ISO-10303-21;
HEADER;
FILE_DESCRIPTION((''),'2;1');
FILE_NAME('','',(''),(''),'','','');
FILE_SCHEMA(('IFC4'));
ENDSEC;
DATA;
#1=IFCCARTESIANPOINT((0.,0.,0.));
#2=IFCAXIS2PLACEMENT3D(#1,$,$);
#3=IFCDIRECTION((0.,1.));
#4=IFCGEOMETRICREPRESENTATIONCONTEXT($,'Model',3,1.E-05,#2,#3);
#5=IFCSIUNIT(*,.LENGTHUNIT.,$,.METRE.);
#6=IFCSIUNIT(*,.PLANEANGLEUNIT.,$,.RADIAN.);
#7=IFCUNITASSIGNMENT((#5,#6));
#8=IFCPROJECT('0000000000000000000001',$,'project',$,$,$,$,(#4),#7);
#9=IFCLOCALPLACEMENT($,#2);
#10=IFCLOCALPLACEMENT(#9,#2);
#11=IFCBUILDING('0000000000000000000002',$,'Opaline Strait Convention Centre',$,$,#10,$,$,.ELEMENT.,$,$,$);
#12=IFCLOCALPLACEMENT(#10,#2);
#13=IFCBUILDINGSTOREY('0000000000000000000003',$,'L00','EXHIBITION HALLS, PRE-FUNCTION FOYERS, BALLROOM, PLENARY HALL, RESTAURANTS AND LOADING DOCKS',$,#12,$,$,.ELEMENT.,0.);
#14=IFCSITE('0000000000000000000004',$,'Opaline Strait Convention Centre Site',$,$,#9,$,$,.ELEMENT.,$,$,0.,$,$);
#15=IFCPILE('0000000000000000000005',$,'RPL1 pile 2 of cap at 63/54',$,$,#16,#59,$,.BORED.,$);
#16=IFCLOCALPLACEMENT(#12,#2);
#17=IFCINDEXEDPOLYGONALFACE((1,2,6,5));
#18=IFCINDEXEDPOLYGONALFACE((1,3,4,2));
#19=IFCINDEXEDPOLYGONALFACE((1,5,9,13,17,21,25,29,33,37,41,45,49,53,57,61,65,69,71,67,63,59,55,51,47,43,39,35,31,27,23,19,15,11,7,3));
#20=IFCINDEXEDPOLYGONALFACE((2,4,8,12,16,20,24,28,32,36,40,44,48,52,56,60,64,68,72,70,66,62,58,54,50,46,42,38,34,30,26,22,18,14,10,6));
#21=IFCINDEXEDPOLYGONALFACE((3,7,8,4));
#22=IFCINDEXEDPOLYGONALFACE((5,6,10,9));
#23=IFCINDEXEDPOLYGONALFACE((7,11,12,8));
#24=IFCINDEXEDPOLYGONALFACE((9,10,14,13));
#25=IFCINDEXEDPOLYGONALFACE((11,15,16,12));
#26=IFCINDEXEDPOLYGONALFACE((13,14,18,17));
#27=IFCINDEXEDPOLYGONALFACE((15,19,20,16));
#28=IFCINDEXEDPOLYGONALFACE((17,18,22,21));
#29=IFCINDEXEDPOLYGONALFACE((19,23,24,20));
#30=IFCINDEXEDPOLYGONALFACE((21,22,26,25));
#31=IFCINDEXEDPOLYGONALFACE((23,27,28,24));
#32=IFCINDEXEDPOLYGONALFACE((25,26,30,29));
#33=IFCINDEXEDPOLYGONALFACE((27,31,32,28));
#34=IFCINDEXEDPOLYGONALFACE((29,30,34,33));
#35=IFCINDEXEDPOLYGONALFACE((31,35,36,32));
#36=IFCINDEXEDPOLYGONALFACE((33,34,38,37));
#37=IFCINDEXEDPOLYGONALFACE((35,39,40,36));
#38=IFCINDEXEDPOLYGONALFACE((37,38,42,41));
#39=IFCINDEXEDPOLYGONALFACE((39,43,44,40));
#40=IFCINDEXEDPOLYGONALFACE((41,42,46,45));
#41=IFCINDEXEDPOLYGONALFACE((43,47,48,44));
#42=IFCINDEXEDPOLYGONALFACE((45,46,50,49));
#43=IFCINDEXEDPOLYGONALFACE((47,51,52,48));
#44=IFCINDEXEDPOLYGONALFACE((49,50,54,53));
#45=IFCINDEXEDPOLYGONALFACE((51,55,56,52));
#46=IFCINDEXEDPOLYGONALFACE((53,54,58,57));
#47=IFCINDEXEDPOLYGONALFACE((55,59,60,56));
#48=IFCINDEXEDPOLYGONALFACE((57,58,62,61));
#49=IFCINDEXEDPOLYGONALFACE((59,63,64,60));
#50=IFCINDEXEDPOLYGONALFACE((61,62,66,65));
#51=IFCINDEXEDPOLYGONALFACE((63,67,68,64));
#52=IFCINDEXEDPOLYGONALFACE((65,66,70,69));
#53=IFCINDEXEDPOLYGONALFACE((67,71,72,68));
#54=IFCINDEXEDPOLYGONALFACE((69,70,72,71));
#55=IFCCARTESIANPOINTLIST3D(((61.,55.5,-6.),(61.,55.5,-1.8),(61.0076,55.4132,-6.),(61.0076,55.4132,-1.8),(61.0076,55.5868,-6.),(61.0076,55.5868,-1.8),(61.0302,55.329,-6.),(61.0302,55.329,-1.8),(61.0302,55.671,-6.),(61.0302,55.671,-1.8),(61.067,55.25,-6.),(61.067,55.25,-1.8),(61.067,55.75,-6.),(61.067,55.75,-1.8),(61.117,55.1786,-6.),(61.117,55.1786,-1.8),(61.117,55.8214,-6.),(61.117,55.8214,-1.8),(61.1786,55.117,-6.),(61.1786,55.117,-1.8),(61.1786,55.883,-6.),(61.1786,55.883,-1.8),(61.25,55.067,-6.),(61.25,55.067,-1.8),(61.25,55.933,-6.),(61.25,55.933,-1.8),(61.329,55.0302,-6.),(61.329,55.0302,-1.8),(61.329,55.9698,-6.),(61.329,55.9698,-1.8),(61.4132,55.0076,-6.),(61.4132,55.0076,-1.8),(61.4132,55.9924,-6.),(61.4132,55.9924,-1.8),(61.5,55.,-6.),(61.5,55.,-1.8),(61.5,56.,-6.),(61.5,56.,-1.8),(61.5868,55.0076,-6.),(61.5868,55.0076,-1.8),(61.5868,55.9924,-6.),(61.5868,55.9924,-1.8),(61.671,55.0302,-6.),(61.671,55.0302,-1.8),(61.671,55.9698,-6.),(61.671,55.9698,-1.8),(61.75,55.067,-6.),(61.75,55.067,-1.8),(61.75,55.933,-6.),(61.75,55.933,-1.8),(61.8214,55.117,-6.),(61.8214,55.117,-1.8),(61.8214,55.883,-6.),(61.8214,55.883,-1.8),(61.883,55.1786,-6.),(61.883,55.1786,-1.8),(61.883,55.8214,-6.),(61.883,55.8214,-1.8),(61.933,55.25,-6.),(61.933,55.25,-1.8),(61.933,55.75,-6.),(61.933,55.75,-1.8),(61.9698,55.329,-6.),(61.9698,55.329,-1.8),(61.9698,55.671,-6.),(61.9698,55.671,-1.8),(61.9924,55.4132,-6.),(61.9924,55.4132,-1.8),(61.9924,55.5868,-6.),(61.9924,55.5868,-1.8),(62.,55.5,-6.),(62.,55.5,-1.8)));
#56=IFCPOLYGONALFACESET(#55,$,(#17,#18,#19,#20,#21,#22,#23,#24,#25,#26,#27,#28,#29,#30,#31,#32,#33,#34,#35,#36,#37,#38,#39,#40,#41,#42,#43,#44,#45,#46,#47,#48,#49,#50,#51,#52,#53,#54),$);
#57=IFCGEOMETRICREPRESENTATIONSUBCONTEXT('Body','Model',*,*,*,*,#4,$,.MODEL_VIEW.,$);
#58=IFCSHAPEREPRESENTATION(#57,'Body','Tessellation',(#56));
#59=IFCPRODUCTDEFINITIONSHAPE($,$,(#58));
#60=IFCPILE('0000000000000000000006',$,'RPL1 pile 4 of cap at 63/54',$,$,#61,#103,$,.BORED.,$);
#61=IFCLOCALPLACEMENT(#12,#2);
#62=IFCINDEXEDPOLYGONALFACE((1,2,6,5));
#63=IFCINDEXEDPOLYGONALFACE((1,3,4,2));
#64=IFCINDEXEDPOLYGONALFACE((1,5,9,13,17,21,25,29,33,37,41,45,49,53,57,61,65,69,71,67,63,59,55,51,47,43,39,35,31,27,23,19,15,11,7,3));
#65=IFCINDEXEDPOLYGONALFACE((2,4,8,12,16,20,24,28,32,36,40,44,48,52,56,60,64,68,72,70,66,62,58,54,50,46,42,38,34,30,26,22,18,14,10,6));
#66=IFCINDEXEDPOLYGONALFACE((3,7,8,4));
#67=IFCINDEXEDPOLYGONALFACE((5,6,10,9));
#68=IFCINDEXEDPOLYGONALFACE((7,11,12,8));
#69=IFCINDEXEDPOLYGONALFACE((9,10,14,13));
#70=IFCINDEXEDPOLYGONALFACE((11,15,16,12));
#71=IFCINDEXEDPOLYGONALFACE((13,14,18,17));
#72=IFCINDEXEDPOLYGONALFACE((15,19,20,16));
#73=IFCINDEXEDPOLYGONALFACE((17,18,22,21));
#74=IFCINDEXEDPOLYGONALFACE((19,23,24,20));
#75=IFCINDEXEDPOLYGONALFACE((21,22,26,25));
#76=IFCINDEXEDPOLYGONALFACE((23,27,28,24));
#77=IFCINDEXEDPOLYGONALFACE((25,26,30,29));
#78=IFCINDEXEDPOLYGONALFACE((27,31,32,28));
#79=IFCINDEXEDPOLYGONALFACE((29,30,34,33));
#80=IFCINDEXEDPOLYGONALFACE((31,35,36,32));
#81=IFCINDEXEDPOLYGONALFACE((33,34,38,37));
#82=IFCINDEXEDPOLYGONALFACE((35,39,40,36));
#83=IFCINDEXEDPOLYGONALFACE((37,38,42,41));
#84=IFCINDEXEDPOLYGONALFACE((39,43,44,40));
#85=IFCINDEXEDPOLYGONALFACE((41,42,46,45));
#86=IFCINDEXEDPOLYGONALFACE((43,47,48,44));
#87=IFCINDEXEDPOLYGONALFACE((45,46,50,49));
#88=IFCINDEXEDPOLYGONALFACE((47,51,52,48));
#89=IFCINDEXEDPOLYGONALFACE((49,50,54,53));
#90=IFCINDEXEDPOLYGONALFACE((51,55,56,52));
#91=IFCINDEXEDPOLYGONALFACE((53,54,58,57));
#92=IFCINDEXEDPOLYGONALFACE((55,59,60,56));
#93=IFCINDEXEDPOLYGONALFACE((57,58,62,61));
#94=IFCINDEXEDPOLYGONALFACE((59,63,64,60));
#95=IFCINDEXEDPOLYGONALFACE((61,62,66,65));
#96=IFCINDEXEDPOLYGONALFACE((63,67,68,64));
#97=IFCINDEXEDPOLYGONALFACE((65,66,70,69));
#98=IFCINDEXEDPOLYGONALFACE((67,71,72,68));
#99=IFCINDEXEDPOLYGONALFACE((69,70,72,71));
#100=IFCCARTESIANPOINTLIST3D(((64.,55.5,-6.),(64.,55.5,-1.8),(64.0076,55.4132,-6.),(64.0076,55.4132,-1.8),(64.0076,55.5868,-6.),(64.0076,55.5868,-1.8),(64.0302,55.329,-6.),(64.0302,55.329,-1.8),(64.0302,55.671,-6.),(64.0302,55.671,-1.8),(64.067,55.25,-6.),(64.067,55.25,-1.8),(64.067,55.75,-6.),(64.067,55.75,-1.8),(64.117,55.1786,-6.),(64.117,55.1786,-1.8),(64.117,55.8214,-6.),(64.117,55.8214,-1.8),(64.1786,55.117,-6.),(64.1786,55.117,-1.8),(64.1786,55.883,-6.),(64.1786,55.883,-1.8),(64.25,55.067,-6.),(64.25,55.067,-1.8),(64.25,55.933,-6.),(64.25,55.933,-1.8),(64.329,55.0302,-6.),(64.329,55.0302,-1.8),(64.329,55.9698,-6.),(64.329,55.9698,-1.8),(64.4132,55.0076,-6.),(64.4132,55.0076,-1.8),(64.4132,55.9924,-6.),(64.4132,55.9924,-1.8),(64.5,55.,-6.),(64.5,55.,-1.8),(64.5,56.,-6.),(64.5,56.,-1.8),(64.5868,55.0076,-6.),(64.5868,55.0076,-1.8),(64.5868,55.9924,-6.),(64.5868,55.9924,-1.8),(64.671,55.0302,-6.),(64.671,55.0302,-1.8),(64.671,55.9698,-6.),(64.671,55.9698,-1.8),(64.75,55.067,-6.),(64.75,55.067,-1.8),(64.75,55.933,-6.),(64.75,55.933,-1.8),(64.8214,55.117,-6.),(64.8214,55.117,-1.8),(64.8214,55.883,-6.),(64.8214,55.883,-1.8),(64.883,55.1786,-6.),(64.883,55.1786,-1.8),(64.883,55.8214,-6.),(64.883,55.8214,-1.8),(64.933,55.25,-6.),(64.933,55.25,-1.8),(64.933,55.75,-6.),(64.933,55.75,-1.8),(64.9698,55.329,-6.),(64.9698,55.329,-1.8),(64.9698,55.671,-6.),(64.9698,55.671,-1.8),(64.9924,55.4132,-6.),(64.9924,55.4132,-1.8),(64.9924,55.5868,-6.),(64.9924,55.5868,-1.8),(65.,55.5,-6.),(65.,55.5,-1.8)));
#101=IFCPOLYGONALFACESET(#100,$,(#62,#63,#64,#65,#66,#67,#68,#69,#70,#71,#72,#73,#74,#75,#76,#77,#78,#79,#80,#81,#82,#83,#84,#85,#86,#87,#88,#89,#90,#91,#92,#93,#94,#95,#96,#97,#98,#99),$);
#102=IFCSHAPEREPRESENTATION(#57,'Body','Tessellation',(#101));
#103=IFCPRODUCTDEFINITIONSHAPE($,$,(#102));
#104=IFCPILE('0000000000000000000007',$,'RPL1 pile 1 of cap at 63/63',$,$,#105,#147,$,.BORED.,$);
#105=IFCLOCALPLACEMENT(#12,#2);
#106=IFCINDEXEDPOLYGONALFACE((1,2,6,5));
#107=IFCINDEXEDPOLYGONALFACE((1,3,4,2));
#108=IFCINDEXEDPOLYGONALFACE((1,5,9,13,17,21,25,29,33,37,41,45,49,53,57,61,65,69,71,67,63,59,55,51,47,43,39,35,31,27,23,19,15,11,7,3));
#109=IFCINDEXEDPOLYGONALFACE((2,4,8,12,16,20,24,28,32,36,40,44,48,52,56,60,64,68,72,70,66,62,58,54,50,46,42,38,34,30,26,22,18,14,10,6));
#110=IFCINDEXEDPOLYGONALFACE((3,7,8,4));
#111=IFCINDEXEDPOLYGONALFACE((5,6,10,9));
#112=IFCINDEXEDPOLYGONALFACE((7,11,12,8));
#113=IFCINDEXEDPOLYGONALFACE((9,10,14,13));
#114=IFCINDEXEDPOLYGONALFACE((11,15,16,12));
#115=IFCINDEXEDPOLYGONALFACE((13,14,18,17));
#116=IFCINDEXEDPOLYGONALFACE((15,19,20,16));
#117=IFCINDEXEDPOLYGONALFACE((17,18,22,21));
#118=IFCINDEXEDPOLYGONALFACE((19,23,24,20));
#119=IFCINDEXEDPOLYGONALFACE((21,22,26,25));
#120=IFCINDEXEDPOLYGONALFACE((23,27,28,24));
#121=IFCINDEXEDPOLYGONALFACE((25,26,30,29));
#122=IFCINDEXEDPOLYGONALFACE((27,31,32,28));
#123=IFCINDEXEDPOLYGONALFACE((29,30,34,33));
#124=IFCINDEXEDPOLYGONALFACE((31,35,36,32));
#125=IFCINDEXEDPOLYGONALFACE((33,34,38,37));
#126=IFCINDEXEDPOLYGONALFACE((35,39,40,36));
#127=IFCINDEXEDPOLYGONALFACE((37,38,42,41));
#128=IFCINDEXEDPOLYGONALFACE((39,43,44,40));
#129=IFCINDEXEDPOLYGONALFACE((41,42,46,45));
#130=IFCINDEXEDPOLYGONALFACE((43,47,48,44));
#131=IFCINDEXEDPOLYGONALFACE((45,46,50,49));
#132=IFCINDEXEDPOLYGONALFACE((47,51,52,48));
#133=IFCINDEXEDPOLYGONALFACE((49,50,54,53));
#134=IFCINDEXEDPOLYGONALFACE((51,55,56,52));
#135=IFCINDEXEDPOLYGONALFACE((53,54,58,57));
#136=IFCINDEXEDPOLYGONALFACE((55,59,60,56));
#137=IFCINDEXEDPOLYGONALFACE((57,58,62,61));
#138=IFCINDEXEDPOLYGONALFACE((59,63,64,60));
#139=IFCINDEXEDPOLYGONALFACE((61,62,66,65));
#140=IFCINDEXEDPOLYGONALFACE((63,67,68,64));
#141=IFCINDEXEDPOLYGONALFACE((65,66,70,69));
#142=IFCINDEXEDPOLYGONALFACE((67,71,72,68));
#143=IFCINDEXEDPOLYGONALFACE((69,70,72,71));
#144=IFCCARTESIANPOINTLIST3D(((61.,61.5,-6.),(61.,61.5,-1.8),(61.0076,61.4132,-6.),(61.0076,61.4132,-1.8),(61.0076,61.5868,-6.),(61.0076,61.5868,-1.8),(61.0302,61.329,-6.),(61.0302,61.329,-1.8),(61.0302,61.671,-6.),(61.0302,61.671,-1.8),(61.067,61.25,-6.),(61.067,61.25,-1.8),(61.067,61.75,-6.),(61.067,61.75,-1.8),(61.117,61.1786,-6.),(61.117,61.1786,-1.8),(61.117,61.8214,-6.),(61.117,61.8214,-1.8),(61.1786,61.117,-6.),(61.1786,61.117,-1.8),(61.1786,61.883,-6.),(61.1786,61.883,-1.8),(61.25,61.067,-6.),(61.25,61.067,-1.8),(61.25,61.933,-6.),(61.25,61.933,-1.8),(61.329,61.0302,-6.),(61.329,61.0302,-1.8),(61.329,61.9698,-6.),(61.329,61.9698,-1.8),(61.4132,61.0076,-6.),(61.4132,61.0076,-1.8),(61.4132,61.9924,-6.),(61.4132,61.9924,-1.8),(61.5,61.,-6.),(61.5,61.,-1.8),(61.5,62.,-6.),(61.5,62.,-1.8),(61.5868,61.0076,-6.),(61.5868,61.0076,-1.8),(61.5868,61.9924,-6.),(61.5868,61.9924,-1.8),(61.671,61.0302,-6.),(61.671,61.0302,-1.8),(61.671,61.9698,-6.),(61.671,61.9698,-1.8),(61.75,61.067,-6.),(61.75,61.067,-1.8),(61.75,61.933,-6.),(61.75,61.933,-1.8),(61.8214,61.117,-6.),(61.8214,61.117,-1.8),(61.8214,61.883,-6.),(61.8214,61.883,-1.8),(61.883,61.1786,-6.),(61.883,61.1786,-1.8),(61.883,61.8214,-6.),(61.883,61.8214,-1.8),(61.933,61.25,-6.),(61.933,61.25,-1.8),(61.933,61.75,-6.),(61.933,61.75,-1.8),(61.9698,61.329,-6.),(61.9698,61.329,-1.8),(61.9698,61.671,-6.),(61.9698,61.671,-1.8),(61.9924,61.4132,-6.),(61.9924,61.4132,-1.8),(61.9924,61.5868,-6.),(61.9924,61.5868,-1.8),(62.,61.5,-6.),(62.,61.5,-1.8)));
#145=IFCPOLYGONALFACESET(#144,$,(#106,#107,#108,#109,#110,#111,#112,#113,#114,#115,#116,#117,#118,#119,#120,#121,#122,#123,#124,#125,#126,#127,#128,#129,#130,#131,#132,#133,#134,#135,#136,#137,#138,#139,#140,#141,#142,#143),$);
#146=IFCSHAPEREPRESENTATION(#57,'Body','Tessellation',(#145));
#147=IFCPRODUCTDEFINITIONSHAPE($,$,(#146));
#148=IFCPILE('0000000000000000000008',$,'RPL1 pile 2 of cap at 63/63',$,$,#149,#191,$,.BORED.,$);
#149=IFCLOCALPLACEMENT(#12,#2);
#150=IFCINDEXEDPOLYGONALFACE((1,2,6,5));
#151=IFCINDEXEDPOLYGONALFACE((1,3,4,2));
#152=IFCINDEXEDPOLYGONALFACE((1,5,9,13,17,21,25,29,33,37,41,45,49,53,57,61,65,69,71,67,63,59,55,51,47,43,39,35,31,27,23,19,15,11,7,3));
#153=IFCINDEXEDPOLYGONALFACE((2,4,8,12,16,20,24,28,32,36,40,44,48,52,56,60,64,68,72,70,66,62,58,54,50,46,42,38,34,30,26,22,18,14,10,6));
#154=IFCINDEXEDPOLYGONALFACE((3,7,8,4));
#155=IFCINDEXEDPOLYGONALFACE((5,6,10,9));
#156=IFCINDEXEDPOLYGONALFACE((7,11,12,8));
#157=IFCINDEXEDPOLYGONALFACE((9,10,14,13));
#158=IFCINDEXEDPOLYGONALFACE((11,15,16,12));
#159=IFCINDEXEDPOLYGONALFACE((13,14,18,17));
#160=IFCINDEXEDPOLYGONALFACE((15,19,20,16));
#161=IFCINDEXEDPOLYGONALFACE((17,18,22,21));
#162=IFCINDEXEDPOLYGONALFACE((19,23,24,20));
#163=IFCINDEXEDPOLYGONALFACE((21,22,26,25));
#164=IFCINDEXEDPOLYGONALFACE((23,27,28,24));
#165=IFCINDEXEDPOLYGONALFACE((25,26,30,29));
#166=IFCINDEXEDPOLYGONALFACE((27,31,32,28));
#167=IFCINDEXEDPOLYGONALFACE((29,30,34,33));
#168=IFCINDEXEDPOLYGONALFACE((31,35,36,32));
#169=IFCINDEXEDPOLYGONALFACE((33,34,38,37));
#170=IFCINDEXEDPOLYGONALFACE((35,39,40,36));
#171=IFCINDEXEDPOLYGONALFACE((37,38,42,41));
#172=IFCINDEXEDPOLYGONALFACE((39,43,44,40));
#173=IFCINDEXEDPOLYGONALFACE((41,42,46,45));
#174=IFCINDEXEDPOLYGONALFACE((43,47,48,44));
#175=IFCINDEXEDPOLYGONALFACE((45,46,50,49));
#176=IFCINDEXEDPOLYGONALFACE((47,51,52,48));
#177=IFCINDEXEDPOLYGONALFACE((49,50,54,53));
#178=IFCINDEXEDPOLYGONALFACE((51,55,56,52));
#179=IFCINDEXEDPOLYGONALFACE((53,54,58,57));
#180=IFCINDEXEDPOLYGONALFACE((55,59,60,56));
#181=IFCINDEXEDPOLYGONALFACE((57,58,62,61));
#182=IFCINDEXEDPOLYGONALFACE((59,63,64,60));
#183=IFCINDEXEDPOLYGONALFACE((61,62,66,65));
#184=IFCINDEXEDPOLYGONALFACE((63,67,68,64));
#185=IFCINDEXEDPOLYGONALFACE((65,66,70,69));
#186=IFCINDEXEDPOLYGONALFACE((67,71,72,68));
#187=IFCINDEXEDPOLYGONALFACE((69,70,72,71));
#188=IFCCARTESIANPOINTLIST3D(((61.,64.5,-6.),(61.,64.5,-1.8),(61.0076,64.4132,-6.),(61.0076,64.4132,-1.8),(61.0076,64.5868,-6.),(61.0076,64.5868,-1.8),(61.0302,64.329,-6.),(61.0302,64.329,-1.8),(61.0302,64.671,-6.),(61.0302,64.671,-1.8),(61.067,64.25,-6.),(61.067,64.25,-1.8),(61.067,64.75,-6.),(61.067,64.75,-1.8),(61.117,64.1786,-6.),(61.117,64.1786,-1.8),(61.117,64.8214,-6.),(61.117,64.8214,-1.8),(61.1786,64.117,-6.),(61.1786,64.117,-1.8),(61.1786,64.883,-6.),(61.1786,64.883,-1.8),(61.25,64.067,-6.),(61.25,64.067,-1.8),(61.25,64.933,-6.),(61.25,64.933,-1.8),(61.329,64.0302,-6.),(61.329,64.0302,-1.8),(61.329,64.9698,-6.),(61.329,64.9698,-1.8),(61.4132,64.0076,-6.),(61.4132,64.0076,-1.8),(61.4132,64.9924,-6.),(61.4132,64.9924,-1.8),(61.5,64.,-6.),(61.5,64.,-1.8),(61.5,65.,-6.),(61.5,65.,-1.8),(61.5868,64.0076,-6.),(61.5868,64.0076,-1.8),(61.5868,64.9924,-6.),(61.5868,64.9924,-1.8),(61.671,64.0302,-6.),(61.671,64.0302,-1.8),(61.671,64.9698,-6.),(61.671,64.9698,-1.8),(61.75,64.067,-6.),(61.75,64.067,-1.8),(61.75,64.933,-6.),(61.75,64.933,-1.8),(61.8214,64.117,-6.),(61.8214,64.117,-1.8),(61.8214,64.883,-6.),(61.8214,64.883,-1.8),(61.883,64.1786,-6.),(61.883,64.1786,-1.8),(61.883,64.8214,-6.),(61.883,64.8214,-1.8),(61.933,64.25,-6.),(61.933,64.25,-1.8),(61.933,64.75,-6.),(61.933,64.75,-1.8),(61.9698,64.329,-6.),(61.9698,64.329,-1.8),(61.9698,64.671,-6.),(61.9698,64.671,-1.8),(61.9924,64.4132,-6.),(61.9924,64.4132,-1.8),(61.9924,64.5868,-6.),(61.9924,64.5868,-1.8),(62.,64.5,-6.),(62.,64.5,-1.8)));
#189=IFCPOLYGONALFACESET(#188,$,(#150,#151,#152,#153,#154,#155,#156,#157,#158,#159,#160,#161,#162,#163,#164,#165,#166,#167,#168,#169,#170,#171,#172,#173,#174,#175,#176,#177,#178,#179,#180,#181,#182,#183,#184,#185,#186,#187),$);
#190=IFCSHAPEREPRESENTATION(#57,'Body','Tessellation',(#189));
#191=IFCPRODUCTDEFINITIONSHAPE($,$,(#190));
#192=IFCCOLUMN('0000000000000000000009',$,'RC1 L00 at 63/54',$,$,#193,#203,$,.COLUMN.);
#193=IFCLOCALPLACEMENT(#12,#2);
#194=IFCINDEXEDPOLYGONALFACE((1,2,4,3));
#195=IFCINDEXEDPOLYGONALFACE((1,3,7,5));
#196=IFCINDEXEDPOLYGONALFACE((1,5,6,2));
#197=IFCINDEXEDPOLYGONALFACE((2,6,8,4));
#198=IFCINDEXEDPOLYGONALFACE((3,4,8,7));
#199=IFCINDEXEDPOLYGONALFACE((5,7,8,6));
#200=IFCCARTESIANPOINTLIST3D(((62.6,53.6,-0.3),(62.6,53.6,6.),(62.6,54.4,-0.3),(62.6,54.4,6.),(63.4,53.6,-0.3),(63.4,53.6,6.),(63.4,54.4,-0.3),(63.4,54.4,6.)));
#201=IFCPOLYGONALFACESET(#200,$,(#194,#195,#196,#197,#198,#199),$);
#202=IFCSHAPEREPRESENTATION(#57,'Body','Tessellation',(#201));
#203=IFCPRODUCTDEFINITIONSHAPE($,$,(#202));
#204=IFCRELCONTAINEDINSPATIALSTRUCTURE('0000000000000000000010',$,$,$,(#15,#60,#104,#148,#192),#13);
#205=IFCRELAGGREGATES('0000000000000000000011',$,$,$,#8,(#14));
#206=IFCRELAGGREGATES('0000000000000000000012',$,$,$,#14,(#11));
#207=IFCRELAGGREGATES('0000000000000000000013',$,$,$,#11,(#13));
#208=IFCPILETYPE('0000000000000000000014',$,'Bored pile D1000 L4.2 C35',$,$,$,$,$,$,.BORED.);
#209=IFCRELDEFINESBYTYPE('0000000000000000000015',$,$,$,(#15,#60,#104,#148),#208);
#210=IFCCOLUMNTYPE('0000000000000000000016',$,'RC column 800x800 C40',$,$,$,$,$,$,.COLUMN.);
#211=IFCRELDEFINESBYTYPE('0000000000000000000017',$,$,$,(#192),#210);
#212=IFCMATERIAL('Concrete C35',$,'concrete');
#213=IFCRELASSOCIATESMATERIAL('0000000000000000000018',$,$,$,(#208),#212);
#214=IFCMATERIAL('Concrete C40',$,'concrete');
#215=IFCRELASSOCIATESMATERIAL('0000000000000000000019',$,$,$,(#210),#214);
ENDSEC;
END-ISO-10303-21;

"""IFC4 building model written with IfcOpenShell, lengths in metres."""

from ifc_helpers import new_model, si_unit, direction, frame, origin, origin_2d, place, context, subcontext, project, spatial, rectangle, circle, extrude, material, material_profile, profile_set, type_object, element, save


model = new_model("IFC4")

# Units and contexts
model_context = context("Model", 3, precision=1e-05, world=origin(), true_north=direction((0.0, 1.0)))
body_context = subcontext(model_context, "Body", "Model", "MODEL_VIEW")
ifc_project = project(units=[si_unit("LENGTHUNIT", "METRE"), si_unit("PLANEANGLEUNIT", "RADIAN")], contexts=[model_context])

# Site, building, storey
site_placement = place(None, origin())
site = spatial("IfcSite", under=ifc_project, at=site_placement, Name="Opaline Strait Convention Centre Site", CompositionType="ELEMENT", RefElevation=0.0)
building_placement = place(site_placement, origin())
building = spatial("IfcBuilding", under=site, at=building_placement, Name="Opaline Strait Convention Centre", CompositionType="ELEMENT")
storey_placement = place(building_placement, origin())
storey = spatial("IfcBuildingStorey", under=building, at=storey_placement, Name="L00", Description="EXHIBITION HALLS, PRE-FUNCTION FOYERS, BALLROOM, PLENARY HALL, RESTAURANTS AND LOADING DOCKS", CompositionType="ELEMENT", Elevation=0.0)

# Piles
ifc_material_1 = material(Name="Concrete C35", Category="concrete")
ifc_material_profile_1 = material_profile(ifc_material_1, circle(Radius=0.5, at=origin_2d()), Name="D1000")
ifc_profile_set_1 = profile_set([ifc_material_profile_1], Name="Concrete C35")
pile_type = type_object("IfcPileType", Name="Bored pile D1000 L4.2 C35", PredefinedType="BORED", material=ifc_profile_set_1)
for number, where, z_axis, x_axis, name in (
    (1, (61.5, 55.5, -1.8), (0.0, 0.0, -1.0), (1.0, 0.0, 0.0), "RPL1 pile 2 of cap at 63/54"),
    (2, (64.5, 55.5, -1.8), (0.0, 0.0, -1.0), (1.0, 0.0, 0.0), "RPL1 pile 4 of cap at 63/54"),
    (3, (61.5, 61.5, -1.8), (0.0, 0.0, -1.0), (1.0, 0.0, 0.0), "RPL1 pile 1 of cap at 63/63"),
    (4, (61.5, 64.5, -1.8), (0.0, 0.0, -1.0), (1.0, 0.0, 0.0), "RPL1 pile 2 of cap at 63/63"),
):
    element("IfcPile", number, at=place(storey_placement, frame(where, z_axis=z_axis, x_axis=x_axis)), inside=storey, type_object=pile_type, Name=name, PredefinedType="BORED", context=body_context, shape_type="SweptSolid", body=[
        extrude(circle(Radius=0.5, at=origin_2d()), origin(), (0.0, 0.0, 1.0), 4.2),
    ])

# Column
ifc_material_2 = material(Name="Concrete C40", Category="concrete")
ifc_material_profile_2 = material_profile(ifc_material_2, rectangle(XDim=0.8, YDim=0.8, at=origin_2d()), Name="RC 800x800")
ifc_profile_set_2 = profile_set([ifc_material_profile_2], Name="Concrete C40")
column_type = type_object("IfcColumnType", Name="RC column 800x800 C40", PredefinedType="COLUMN", material=ifc_profile_set_2)
for number, where, z_axis, x_axis, name in (
    (5, (63.0, 54.0, -0.3), (0.0, 0.0, 1.0), (1.0, 0.0, 0.0), "RC1 L00 at 63/54"),
):
    element("IfcColumn", number, at=place(storey_placement, frame(where, z_axis=z_axis, x_axis=x_axis)), inside=storey, type_object=column_type, Name=name, PredefinedType="COLUMN", context=body_context, shape_type="SweptSolid", body=[
        extrude(rectangle(XDim=0.8, YDim=0.8, at=origin_2d()), origin(), (0.0, 0.0, 1.0), 6.3),
    ])

save(model, "model.ifc")
